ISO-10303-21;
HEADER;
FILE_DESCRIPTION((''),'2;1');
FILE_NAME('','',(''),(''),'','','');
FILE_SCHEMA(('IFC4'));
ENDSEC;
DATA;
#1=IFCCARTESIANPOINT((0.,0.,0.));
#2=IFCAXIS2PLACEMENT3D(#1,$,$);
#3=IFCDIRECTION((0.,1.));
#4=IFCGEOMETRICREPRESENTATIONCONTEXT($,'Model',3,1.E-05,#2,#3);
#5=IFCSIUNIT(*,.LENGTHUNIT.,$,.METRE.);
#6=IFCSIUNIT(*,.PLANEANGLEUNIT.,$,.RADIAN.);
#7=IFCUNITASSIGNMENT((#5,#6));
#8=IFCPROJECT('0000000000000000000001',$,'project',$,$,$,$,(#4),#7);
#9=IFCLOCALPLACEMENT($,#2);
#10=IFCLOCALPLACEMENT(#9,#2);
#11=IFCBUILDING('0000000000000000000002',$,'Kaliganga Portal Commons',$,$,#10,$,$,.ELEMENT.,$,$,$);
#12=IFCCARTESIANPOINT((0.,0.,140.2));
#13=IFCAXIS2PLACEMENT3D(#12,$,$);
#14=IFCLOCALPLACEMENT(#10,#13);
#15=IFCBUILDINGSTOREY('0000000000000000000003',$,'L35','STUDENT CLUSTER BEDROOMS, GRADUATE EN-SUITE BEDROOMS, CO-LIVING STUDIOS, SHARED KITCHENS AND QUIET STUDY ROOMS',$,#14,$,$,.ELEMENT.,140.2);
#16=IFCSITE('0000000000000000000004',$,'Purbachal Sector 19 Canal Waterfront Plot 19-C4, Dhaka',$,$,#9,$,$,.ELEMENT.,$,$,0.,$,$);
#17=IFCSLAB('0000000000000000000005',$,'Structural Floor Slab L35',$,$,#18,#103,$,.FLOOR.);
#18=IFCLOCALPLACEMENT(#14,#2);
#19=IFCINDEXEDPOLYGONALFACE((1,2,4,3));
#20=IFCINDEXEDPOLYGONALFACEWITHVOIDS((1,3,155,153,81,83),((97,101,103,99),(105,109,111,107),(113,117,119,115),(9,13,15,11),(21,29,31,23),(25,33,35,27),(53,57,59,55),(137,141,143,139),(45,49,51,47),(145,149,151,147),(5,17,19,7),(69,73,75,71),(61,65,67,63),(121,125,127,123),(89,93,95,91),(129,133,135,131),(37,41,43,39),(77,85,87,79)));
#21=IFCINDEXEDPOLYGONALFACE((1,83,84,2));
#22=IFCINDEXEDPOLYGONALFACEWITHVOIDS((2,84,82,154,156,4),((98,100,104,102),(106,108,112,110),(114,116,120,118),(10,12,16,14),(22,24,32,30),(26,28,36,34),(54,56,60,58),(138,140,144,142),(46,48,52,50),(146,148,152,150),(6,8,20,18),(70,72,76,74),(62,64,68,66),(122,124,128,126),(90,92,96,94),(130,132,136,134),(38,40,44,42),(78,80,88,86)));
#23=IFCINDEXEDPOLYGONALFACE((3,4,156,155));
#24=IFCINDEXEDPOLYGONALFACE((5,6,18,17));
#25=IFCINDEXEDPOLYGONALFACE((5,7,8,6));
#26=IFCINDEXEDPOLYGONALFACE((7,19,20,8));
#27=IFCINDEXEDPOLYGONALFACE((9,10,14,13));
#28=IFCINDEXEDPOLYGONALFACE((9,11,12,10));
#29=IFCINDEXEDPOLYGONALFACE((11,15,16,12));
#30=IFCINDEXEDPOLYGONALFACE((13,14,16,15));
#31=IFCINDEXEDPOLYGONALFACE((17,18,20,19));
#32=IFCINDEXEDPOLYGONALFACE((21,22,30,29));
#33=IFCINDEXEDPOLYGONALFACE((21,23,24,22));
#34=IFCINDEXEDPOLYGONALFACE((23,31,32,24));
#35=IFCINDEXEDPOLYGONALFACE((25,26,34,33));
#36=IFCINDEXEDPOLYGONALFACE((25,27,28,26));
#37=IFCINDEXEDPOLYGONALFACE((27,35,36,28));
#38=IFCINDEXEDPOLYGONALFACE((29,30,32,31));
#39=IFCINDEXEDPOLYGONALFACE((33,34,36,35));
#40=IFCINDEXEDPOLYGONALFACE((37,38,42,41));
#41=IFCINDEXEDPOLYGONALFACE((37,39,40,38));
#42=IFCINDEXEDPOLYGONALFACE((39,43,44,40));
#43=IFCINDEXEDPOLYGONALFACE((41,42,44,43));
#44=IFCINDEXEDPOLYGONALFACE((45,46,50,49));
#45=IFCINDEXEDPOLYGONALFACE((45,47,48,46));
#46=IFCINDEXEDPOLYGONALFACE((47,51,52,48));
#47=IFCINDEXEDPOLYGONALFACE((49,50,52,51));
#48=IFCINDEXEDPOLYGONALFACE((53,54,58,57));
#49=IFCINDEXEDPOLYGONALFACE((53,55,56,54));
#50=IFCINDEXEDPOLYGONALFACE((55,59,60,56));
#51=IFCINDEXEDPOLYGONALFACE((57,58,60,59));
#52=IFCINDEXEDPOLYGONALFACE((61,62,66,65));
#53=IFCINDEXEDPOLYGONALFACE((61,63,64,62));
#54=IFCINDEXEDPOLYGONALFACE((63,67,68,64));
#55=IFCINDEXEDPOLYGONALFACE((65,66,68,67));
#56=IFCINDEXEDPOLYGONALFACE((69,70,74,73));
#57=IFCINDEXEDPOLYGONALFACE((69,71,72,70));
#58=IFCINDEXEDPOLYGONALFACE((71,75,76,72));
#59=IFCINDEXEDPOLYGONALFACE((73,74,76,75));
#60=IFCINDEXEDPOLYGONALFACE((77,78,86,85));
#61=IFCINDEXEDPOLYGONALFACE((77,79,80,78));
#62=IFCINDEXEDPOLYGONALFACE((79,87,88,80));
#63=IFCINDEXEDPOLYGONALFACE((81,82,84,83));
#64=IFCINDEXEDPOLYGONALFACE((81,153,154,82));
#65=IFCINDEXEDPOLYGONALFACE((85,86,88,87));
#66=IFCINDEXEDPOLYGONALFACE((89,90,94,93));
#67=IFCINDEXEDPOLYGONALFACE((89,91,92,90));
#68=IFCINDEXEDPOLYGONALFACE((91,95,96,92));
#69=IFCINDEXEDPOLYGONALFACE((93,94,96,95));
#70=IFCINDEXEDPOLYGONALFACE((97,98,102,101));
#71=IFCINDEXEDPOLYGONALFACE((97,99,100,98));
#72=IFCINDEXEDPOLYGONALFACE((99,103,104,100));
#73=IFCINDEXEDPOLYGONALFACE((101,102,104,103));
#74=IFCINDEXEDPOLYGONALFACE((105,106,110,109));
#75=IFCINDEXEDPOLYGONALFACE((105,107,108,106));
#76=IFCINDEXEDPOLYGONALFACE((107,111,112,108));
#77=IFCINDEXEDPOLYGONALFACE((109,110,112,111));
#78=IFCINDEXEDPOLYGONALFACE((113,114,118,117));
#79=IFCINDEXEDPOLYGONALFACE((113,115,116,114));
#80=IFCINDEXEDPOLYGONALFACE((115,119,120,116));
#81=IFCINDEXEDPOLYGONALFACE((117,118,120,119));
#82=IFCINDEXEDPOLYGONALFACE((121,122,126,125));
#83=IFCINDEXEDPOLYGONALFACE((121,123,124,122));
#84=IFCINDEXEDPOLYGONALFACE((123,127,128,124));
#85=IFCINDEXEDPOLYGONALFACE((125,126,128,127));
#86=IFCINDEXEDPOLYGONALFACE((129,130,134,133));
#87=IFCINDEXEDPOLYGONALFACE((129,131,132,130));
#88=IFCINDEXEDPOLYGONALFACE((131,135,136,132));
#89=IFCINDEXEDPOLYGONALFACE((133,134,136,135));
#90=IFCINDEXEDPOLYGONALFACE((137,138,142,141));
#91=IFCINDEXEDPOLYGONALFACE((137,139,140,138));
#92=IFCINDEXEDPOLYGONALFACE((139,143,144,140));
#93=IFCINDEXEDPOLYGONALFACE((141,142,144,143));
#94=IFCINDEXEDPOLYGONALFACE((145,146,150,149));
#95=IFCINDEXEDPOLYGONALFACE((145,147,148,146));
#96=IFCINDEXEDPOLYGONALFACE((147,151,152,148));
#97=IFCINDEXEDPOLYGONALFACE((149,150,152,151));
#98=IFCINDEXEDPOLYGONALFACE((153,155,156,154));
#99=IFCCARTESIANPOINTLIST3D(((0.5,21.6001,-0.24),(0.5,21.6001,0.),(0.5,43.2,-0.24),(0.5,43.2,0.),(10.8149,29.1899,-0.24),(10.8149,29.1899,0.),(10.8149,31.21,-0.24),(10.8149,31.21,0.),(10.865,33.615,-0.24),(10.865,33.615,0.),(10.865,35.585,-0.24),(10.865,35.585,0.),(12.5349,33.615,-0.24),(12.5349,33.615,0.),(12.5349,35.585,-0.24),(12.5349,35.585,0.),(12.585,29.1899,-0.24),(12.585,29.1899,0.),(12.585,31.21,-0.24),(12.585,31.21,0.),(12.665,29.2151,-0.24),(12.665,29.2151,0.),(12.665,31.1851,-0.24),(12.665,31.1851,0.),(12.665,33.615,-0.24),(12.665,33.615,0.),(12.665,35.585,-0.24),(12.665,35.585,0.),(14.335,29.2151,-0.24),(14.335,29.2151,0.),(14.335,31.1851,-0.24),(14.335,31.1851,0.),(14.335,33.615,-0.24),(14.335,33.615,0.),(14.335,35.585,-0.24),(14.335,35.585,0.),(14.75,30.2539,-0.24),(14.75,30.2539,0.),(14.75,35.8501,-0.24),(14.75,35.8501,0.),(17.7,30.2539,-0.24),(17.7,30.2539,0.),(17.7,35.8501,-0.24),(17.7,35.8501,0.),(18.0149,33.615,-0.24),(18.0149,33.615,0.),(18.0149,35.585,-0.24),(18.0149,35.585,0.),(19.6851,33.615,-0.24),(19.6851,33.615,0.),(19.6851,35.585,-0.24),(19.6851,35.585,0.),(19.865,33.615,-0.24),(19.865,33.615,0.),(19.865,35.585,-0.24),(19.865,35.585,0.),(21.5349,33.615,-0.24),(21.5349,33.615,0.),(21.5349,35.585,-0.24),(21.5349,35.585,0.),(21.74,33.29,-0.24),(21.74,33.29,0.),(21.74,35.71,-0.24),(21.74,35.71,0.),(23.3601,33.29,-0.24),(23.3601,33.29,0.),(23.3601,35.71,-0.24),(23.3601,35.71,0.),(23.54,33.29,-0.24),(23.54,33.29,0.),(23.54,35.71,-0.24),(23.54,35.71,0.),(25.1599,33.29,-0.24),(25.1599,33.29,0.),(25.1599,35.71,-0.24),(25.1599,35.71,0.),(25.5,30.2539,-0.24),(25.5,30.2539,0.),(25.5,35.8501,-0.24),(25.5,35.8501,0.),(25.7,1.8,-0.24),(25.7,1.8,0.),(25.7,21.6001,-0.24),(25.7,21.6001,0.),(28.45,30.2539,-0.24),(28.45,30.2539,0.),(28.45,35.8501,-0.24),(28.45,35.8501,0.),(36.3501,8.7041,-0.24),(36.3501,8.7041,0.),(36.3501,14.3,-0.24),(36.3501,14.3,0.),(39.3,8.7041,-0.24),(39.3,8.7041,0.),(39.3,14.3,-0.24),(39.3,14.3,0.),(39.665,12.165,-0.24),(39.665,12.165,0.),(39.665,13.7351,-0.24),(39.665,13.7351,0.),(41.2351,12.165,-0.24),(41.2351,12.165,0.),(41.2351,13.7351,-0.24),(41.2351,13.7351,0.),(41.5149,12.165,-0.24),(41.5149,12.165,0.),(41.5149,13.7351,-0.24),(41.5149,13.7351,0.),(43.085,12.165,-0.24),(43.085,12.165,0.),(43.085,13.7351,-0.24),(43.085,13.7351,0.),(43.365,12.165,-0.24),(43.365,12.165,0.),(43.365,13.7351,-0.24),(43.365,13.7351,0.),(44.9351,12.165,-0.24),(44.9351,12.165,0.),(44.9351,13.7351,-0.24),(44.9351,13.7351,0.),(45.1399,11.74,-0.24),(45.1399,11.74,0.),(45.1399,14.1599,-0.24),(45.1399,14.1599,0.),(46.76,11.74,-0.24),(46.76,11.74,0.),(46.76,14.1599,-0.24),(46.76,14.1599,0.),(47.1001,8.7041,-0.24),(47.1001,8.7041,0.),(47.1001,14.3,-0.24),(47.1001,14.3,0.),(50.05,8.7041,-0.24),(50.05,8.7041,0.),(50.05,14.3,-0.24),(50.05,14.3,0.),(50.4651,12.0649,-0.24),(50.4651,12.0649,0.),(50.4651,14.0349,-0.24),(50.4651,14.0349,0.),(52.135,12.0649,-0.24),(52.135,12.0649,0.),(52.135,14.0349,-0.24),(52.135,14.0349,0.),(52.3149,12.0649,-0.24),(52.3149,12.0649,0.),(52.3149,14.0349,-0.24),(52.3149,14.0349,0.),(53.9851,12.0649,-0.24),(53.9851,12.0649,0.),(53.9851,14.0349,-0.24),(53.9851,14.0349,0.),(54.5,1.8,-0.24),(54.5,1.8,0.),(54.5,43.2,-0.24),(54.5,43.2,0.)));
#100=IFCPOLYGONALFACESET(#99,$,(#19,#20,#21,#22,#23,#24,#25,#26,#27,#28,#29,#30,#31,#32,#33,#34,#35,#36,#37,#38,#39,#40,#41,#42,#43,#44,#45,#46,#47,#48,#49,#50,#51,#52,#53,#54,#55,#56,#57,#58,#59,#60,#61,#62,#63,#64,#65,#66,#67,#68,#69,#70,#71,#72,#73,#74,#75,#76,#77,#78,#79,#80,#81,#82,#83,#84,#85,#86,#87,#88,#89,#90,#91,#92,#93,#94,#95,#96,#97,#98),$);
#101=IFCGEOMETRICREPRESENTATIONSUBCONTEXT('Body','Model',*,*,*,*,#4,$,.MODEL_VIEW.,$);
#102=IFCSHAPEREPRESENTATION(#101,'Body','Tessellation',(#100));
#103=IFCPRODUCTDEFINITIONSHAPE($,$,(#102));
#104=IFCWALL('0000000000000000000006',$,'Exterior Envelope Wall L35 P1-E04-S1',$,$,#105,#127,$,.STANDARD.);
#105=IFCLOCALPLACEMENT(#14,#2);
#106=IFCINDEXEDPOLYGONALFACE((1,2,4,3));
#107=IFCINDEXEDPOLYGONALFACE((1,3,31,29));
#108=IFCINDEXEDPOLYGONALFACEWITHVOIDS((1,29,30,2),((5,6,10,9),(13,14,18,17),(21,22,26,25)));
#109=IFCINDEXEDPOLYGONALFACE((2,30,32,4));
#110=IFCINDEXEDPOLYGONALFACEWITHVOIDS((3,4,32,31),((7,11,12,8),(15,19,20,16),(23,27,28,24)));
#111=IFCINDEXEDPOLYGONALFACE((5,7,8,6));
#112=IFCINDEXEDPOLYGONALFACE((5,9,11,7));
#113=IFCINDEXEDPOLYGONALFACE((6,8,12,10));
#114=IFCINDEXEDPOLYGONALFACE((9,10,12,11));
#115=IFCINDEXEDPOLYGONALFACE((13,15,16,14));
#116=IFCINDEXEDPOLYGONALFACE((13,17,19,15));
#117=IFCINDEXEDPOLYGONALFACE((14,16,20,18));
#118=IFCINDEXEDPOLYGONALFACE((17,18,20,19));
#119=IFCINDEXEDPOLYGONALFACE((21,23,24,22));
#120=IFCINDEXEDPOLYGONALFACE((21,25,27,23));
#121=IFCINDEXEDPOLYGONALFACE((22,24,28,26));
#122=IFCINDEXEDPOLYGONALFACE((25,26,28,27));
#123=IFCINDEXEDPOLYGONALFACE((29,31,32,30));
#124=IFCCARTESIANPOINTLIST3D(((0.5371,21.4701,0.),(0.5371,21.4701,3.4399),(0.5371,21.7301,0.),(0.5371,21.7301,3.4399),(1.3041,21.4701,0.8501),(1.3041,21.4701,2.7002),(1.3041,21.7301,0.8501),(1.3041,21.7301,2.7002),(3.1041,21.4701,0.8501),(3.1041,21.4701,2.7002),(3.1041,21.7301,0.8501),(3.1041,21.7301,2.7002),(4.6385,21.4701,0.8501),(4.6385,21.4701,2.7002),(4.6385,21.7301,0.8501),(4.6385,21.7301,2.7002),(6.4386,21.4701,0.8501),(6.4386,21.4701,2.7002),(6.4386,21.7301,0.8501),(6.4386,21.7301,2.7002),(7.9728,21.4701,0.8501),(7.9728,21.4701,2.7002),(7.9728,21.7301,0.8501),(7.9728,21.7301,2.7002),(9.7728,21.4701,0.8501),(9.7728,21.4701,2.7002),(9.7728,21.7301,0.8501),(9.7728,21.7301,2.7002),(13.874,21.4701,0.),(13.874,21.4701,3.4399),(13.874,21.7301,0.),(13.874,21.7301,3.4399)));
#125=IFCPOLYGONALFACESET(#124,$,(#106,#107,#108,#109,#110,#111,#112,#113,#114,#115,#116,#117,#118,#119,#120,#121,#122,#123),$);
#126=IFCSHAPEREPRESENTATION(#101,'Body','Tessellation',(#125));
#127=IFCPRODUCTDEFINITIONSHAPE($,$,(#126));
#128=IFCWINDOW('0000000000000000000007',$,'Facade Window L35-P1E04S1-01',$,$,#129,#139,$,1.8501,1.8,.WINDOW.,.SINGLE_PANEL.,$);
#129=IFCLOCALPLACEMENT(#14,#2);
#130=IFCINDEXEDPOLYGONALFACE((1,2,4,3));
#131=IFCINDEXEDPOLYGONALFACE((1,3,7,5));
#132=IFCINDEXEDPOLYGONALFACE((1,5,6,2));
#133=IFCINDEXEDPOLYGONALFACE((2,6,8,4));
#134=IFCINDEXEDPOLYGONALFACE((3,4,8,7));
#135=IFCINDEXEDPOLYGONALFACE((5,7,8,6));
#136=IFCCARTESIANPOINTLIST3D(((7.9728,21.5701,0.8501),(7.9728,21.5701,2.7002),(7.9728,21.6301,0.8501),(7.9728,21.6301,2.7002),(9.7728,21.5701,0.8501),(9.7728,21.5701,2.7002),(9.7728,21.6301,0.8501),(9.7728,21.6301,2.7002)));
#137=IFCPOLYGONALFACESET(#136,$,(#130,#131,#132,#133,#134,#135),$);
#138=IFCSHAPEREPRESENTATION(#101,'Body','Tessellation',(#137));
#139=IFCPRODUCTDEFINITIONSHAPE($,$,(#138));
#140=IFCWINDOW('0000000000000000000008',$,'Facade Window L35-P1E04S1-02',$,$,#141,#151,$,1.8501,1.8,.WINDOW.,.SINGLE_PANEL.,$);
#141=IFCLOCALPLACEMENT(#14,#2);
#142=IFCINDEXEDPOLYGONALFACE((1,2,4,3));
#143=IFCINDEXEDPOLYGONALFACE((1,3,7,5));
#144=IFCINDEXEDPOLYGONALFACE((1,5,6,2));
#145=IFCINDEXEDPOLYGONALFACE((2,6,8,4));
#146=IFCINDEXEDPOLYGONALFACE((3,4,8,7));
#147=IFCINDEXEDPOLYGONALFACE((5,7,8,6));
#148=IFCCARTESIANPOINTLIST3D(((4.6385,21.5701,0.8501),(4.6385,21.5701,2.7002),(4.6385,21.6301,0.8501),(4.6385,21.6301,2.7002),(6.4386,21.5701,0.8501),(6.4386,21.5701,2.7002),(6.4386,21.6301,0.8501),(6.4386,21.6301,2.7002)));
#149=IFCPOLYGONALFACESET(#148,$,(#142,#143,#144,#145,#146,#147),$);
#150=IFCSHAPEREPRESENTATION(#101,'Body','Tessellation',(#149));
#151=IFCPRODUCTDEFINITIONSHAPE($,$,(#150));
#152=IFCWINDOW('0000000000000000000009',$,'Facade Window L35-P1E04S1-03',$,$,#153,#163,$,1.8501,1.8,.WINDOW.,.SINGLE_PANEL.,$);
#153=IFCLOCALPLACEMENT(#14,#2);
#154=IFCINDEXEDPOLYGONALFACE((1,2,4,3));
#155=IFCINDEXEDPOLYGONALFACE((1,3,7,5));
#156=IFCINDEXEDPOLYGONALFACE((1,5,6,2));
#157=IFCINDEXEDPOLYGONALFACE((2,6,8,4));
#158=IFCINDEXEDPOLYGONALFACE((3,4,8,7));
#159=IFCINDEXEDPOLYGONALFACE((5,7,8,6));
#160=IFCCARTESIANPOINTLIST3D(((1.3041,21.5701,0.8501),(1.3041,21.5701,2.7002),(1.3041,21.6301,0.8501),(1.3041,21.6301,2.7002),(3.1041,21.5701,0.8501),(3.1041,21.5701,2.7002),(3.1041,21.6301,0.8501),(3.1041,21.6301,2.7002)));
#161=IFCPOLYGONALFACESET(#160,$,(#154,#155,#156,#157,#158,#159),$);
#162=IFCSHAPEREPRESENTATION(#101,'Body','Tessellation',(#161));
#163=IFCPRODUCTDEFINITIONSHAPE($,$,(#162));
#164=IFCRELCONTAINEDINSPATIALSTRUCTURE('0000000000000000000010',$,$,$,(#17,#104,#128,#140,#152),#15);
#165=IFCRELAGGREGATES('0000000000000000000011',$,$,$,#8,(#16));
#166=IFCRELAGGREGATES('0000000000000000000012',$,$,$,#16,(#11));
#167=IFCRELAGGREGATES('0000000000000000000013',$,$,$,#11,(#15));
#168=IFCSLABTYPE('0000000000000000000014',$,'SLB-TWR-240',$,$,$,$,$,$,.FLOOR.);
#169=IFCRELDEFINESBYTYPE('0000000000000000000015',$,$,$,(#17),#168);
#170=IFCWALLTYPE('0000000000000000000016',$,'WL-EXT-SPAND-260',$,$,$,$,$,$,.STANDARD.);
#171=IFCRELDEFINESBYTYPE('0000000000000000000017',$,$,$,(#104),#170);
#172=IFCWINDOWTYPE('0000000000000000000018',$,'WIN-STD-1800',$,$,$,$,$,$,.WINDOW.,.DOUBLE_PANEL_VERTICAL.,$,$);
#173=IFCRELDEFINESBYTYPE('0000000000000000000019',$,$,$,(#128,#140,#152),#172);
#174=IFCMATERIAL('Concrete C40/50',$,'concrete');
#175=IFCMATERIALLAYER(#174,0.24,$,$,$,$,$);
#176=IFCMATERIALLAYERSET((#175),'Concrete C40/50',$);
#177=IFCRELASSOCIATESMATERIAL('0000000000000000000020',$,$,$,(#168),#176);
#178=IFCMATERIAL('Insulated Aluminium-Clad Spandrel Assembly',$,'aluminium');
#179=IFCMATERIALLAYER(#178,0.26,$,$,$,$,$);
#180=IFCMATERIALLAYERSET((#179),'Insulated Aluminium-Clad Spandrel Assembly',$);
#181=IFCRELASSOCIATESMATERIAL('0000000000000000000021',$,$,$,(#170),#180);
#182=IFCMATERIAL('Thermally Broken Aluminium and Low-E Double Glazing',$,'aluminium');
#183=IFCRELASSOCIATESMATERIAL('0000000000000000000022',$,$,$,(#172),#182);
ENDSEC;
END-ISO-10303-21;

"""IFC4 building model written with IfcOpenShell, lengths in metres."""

from ifc_helpers import new_model, si_unit, direction, frame, frame_2d, origin, place, context, subcontext, project, spatial, polyline, rectangle, outline, extrude, material, layer, layer_set, type_object, element, fill, save


model = new_model("IFC4")

# Units and contexts
model_context = context("Model", 3, precision=1e-05, world=origin(), true_north=direction((0.0, 1.0)))
body_context = subcontext(model_context, "Body", "Model", "MODEL_VIEW")
ifc_project = project(units=[si_unit("LENGTHUNIT", "METRE"), si_unit("PLANEANGLEUNIT", "RADIAN")], contexts=[model_context])

# Site, building, storey
site_placement = place(None, origin())
site = spatial("IfcSite", under=ifc_project, at=site_placement, Name="Purbachal Sector 19 Canal Waterfront Plot 19-C4, Dhaka", CompositionType="ELEMENT", RefElevation=0.0)
building_placement = place(site_placement, origin())
building = spatial("IfcBuilding", under=site, at=building_placement, Name="Kaliganga Portal Commons", CompositionType="ELEMENT")
storey_placement = place(building_placement, frame((0.0, 0.0, 140.2)))
storey = spatial("IfcBuildingStorey", under=building, at=storey_placement, Name="L35", Description="STUDENT CLUSTER BEDROOMS, GRADUATE EN-SUITE BEDROOMS, CO-LIVING STUDIOS, SHARED KITCHENS AND QUIET STUDY ROOMS", CompositionType="ELEMENT", Elevation=140.2)

# Shared definitions
ifc_material_1 = material(Name="Concrete C40/50", Category="concrete")

# Slab
ifc_layer_1 = layer(ifc_material_1, 0.24)
ifc_layer_set_1 = layer_set([ifc_layer_1], Name="Concrete C40/50")
slab_type_1 = type_object("IfcSlabType", Name="SLB-TWR-240", PredefinedType="FLOOR", material=ifc_layer_set_1)
slab_1_placement = place(storey_placement, frame((0.0, 0.0, -0.24)))
element("IfcSlab", 1, at=slab_1_placement, inside=storey, type_object=slab_type_1, Name="Structural Floor Slab L35", PredefinedType="FLOOR", context=body_context, shape_type="SweptSolid", body=[
    extrude(outline(polyline([(25.7, 1.8), (54.5, 1.8), (54.5, 43.2), (0.5, 43.2), (0.5, 21.6001), (25.7, 21.6001), (25.7, 1.8)]), holes=[polyline([(14.75, 30.2539), (14.75, 35.8501), (17.7, 35.8501), (17.7, 30.2539), (14.75, 30.2539)]), polyline([(25.5, 30.2539), (25.5, 35.8501), (28.45, 35.8501), (28.45, 30.2539), (25.5, 30.2539)]), polyline([(36.3501, 8.7041), (36.3501, 14.3), (39.3, 14.3), (39.3, 8.7041), (36.3501, 8.7041)]), polyline([(47.1001, 8.7041), (47.1001, 14.3), (50.05, 14.3), (50.05, 8.7041), (47.1001, 8.7041)]), polyline([(18.0149, 33.615), (18.0149, 35.585), (19.6851, 35.585), (19.6851, 33.615), (18.0149, 33.615)]), polyline([(19.865, 33.615), (19.865, 35.585), (21.5349, 35.585), (21.5349, 33.615), (19.865, 33.615)]), polyline([(10.8149, 29.1899), (10.8149, 31.21), (12.585, 31.21), (12.585, 29.1899), (10.8149, 29.1899)]), polyline([(12.665, 33.615), (12.665, 35.585), (14.335, 35.585), (14.335, 33.615), (12.665, 33.615)]), polyline([(12.665, 29.2151), (12.665, 31.1851), (14.335, 31.1851), (14.335, 29.2151), (12.665, 29.2151)]), polyline([(10.865, 33.615), (10.865, 35.585), (12.5349, 35.585), (12.5349, 33.615), (10.865, 33.615)]), polyline([(21.74, 33.29), (21.74, 35.71), (23.3601, 35.71), (23.3601, 33.29), (21.74, 33.29)]), polyline([(23.54, 33.29), (23.54, 35.71), (25.1599, 35.71), (25.1599, 33.29), (23.54, 33.29)]), polyline([(39.665, 12.165), (39.665, 13.7351), (41.2351, 13.7351), (41.2351, 12.165), (39.665, 12.165)]), polyline([(41.5149, 12.165), (41.5149, 13.7351), (43.085, 13.7351), (43.085, 12.165), (41.5149, 12.165)]), polyline([(43.365, 12.165), (43.365, 13.7351), (44.9351, 13.7351), (44.9351, 12.165), (43.365, 12.165)]), polyline([(50.4651, 12.0649), (50.4651, 14.0349), (52.135, 14.0349), (52.135, 12.0649), (50.4651, 12.0649)]), polyline([(52.3149, 12.0649), (52.3149, 14.0349), (53.9851, 14.0349), (53.9851, 12.0649), (52.3149, 12.0649)]), polyline([(45.1399, 11.74), (45.1399, 14.1599), (46.76, 14.1599), (46.76, 11.74), (45.1399, 11.74)])]), origin(), (0.0, 0.0, 1.0), 0.24),
])

# Wall, openings, windows
ifc_material_2 = material(Name="Insulated Aluminium-Clad Spandrel Assembly", Category="aluminium")
ifc_layer_2 = layer(ifc_material_2, 0.26)
ifc_layer_set_2 = layer_set([ifc_layer_2], Name="Insulated Aluminium-Clad Spandrel Assembly")
wall_type = type_object("IfcWallType", Name="WL-EXT-SPAND-260", PredefinedType="STANDARD", material=ifc_layer_set_2)
wall_placement = place(storey_placement, frame((13.874, 21.6001, 0.0), z_axis=(0.0, 0.0, 1.0), x_axis=(-1.0, 0.0, 0.0)))
wall = element("IfcWall", 2, at=wall_placement, inside=storey, type_object=wall_type, Name="Exterior Envelope Wall L35 P1-E04-S1", PredefinedType="STANDARD", context=body_context, shape_type="SweptSolid", body=[
    extrude(rectangle(XDim=13.3369, YDim=0.26, at=frame_2d((6.6685, 0.0))), origin(), (0.0, 0.0, 1.0), 3.4399),
])
opening_1_placement = place(wall_placement, frame((4.1013, 0.0, 0.8501)))
opening_1 = element("IfcOpeningElement", 3, at=opening_1_placement, cuts=wall, PredefinedType="OPENING", context=body_context, shape_type="SweptSolid", body=[
    extrude(rectangle(XDim=1.8, YDim=1.8501, at=frame_2d((0.8999, 0.925))), frame((0.0, 0.1401, 0.0), z_axis=(0.0, -1.0, 0.0), x_axis=(1.0, 0.0, 0.0)), (0.0, 0.0, 1.0), 0.28),
])
opening_2_placement = place(wall_placement, frame((7.4355, 0.0, 0.8501)))
opening_2 = element("IfcOpeningElement", 4, at=opening_2_placement, cuts=wall, PredefinedType="OPENING", context=body_context, shape_type="SweptSolid", body=[
    extrude(rectangle(XDim=1.8, YDim=1.8501, at=frame_2d((0.8999, 0.925))), frame((0.0, 0.1401, 0.0), z_axis=(0.0, -1.0, 0.0), x_axis=(1.0, 0.0, 0.0)), (0.0, 0.0, 1.0), 0.28),
])
opening_3_placement = place(wall_placement, frame((10.77, 0.0, 0.8501)))
opening_3 = element("IfcOpeningElement", 5, at=opening_3_placement, cuts=wall, PredefinedType="OPENING", context=body_context, shape_type="SweptSolid", body=[
    extrude(rectangle(XDim=1.8, YDim=1.8501, at=frame_2d((0.8999, 0.925))), frame((0.0, 0.1401, 0.0), z_axis=(0.0, -1.0, 0.0), x_axis=(1.0, 0.0, 0.0)), (0.0, 0.0, 1.0), 0.28),
])
ifc_material_3 = material(Name="Thermally Broken Aluminium and Low-E Double Glazing", Category="aluminium")
window_type = type_object("IfcWindowType", Name="WIN-STD-1800", PartitioningType="DOUBLE_PANEL_VERTICAL", PredefinedType="WINDOW", material=ifc_material_3)
window_1_placement = place(opening_1_placement, origin())
window_1 = element("IfcWindow", 6, at=window_1_placement, inside=storey, type_object=window_type, Name="Facade Window L35-P1E04S1-01", OverallHeight=1.8501, OverallWidth=1.8, PartitioningType="SINGLE_PANEL", PredefinedType="WINDOW", context=body_context, shape_type="SweptSolid", body=[
    extrude(rectangle(XDim=1.8, YDim=1.8501, at=frame_2d((0.8999, 0.925))), frame((0.0, 0.03, 0.0), z_axis=(0.0, -1.0, 0.0), x_axis=(1.0, 0.0, 0.0)), (0.0, 0.0, 1.0), 0.0601),
])
fill(opening_1, window_1)
window_2_placement = place(opening_2_placement, origin())
window_2 = element("IfcWindow", 7, at=window_2_placement, inside=storey, type_object=window_type, Name="Facade Window L35-P1E04S1-02", OverallHeight=1.8501, OverallWidth=1.8, PartitioningType="SINGLE_PANEL", PredefinedType="WINDOW", context=body_context, shape_type="SweptSolid", body=[
    extrude(rectangle(XDim=1.8, YDim=1.8501, at=frame_2d((0.8999, 0.925))), frame((0.0, 0.03, 0.0), z_axis=(0.0, -1.0, 0.0), x_axis=(1.0, 0.0, 0.0)), (0.0, 0.0, 1.0), 0.0601),
])
fill(opening_2, window_2)
window_3_placement = place(opening_3_placement, origin())
window_3 = element("IfcWindow", 8, at=window_3_placement, inside=storey, type_object=window_type, Name="Facade Window L35-P1E04S1-03", OverallHeight=1.8501, OverallWidth=1.8, PartitioningType="SINGLE_PANEL", PredefinedType="WINDOW", context=body_context, shape_type="SweptSolid", body=[
    extrude(rectangle(XDim=1.8, YDim=1.8501, at=frame_2d((0.8999, 0.925))), frame((0.0, 0.03, 0.0), z_axis=(0.0, -1.0, 0.0), x_axis=(1.0, 0.0, 0.0)), (0.0, 0.0, 1.0), 0.0601),
])
fill(opening_3, window_3)

save(model, "model.ifc")
